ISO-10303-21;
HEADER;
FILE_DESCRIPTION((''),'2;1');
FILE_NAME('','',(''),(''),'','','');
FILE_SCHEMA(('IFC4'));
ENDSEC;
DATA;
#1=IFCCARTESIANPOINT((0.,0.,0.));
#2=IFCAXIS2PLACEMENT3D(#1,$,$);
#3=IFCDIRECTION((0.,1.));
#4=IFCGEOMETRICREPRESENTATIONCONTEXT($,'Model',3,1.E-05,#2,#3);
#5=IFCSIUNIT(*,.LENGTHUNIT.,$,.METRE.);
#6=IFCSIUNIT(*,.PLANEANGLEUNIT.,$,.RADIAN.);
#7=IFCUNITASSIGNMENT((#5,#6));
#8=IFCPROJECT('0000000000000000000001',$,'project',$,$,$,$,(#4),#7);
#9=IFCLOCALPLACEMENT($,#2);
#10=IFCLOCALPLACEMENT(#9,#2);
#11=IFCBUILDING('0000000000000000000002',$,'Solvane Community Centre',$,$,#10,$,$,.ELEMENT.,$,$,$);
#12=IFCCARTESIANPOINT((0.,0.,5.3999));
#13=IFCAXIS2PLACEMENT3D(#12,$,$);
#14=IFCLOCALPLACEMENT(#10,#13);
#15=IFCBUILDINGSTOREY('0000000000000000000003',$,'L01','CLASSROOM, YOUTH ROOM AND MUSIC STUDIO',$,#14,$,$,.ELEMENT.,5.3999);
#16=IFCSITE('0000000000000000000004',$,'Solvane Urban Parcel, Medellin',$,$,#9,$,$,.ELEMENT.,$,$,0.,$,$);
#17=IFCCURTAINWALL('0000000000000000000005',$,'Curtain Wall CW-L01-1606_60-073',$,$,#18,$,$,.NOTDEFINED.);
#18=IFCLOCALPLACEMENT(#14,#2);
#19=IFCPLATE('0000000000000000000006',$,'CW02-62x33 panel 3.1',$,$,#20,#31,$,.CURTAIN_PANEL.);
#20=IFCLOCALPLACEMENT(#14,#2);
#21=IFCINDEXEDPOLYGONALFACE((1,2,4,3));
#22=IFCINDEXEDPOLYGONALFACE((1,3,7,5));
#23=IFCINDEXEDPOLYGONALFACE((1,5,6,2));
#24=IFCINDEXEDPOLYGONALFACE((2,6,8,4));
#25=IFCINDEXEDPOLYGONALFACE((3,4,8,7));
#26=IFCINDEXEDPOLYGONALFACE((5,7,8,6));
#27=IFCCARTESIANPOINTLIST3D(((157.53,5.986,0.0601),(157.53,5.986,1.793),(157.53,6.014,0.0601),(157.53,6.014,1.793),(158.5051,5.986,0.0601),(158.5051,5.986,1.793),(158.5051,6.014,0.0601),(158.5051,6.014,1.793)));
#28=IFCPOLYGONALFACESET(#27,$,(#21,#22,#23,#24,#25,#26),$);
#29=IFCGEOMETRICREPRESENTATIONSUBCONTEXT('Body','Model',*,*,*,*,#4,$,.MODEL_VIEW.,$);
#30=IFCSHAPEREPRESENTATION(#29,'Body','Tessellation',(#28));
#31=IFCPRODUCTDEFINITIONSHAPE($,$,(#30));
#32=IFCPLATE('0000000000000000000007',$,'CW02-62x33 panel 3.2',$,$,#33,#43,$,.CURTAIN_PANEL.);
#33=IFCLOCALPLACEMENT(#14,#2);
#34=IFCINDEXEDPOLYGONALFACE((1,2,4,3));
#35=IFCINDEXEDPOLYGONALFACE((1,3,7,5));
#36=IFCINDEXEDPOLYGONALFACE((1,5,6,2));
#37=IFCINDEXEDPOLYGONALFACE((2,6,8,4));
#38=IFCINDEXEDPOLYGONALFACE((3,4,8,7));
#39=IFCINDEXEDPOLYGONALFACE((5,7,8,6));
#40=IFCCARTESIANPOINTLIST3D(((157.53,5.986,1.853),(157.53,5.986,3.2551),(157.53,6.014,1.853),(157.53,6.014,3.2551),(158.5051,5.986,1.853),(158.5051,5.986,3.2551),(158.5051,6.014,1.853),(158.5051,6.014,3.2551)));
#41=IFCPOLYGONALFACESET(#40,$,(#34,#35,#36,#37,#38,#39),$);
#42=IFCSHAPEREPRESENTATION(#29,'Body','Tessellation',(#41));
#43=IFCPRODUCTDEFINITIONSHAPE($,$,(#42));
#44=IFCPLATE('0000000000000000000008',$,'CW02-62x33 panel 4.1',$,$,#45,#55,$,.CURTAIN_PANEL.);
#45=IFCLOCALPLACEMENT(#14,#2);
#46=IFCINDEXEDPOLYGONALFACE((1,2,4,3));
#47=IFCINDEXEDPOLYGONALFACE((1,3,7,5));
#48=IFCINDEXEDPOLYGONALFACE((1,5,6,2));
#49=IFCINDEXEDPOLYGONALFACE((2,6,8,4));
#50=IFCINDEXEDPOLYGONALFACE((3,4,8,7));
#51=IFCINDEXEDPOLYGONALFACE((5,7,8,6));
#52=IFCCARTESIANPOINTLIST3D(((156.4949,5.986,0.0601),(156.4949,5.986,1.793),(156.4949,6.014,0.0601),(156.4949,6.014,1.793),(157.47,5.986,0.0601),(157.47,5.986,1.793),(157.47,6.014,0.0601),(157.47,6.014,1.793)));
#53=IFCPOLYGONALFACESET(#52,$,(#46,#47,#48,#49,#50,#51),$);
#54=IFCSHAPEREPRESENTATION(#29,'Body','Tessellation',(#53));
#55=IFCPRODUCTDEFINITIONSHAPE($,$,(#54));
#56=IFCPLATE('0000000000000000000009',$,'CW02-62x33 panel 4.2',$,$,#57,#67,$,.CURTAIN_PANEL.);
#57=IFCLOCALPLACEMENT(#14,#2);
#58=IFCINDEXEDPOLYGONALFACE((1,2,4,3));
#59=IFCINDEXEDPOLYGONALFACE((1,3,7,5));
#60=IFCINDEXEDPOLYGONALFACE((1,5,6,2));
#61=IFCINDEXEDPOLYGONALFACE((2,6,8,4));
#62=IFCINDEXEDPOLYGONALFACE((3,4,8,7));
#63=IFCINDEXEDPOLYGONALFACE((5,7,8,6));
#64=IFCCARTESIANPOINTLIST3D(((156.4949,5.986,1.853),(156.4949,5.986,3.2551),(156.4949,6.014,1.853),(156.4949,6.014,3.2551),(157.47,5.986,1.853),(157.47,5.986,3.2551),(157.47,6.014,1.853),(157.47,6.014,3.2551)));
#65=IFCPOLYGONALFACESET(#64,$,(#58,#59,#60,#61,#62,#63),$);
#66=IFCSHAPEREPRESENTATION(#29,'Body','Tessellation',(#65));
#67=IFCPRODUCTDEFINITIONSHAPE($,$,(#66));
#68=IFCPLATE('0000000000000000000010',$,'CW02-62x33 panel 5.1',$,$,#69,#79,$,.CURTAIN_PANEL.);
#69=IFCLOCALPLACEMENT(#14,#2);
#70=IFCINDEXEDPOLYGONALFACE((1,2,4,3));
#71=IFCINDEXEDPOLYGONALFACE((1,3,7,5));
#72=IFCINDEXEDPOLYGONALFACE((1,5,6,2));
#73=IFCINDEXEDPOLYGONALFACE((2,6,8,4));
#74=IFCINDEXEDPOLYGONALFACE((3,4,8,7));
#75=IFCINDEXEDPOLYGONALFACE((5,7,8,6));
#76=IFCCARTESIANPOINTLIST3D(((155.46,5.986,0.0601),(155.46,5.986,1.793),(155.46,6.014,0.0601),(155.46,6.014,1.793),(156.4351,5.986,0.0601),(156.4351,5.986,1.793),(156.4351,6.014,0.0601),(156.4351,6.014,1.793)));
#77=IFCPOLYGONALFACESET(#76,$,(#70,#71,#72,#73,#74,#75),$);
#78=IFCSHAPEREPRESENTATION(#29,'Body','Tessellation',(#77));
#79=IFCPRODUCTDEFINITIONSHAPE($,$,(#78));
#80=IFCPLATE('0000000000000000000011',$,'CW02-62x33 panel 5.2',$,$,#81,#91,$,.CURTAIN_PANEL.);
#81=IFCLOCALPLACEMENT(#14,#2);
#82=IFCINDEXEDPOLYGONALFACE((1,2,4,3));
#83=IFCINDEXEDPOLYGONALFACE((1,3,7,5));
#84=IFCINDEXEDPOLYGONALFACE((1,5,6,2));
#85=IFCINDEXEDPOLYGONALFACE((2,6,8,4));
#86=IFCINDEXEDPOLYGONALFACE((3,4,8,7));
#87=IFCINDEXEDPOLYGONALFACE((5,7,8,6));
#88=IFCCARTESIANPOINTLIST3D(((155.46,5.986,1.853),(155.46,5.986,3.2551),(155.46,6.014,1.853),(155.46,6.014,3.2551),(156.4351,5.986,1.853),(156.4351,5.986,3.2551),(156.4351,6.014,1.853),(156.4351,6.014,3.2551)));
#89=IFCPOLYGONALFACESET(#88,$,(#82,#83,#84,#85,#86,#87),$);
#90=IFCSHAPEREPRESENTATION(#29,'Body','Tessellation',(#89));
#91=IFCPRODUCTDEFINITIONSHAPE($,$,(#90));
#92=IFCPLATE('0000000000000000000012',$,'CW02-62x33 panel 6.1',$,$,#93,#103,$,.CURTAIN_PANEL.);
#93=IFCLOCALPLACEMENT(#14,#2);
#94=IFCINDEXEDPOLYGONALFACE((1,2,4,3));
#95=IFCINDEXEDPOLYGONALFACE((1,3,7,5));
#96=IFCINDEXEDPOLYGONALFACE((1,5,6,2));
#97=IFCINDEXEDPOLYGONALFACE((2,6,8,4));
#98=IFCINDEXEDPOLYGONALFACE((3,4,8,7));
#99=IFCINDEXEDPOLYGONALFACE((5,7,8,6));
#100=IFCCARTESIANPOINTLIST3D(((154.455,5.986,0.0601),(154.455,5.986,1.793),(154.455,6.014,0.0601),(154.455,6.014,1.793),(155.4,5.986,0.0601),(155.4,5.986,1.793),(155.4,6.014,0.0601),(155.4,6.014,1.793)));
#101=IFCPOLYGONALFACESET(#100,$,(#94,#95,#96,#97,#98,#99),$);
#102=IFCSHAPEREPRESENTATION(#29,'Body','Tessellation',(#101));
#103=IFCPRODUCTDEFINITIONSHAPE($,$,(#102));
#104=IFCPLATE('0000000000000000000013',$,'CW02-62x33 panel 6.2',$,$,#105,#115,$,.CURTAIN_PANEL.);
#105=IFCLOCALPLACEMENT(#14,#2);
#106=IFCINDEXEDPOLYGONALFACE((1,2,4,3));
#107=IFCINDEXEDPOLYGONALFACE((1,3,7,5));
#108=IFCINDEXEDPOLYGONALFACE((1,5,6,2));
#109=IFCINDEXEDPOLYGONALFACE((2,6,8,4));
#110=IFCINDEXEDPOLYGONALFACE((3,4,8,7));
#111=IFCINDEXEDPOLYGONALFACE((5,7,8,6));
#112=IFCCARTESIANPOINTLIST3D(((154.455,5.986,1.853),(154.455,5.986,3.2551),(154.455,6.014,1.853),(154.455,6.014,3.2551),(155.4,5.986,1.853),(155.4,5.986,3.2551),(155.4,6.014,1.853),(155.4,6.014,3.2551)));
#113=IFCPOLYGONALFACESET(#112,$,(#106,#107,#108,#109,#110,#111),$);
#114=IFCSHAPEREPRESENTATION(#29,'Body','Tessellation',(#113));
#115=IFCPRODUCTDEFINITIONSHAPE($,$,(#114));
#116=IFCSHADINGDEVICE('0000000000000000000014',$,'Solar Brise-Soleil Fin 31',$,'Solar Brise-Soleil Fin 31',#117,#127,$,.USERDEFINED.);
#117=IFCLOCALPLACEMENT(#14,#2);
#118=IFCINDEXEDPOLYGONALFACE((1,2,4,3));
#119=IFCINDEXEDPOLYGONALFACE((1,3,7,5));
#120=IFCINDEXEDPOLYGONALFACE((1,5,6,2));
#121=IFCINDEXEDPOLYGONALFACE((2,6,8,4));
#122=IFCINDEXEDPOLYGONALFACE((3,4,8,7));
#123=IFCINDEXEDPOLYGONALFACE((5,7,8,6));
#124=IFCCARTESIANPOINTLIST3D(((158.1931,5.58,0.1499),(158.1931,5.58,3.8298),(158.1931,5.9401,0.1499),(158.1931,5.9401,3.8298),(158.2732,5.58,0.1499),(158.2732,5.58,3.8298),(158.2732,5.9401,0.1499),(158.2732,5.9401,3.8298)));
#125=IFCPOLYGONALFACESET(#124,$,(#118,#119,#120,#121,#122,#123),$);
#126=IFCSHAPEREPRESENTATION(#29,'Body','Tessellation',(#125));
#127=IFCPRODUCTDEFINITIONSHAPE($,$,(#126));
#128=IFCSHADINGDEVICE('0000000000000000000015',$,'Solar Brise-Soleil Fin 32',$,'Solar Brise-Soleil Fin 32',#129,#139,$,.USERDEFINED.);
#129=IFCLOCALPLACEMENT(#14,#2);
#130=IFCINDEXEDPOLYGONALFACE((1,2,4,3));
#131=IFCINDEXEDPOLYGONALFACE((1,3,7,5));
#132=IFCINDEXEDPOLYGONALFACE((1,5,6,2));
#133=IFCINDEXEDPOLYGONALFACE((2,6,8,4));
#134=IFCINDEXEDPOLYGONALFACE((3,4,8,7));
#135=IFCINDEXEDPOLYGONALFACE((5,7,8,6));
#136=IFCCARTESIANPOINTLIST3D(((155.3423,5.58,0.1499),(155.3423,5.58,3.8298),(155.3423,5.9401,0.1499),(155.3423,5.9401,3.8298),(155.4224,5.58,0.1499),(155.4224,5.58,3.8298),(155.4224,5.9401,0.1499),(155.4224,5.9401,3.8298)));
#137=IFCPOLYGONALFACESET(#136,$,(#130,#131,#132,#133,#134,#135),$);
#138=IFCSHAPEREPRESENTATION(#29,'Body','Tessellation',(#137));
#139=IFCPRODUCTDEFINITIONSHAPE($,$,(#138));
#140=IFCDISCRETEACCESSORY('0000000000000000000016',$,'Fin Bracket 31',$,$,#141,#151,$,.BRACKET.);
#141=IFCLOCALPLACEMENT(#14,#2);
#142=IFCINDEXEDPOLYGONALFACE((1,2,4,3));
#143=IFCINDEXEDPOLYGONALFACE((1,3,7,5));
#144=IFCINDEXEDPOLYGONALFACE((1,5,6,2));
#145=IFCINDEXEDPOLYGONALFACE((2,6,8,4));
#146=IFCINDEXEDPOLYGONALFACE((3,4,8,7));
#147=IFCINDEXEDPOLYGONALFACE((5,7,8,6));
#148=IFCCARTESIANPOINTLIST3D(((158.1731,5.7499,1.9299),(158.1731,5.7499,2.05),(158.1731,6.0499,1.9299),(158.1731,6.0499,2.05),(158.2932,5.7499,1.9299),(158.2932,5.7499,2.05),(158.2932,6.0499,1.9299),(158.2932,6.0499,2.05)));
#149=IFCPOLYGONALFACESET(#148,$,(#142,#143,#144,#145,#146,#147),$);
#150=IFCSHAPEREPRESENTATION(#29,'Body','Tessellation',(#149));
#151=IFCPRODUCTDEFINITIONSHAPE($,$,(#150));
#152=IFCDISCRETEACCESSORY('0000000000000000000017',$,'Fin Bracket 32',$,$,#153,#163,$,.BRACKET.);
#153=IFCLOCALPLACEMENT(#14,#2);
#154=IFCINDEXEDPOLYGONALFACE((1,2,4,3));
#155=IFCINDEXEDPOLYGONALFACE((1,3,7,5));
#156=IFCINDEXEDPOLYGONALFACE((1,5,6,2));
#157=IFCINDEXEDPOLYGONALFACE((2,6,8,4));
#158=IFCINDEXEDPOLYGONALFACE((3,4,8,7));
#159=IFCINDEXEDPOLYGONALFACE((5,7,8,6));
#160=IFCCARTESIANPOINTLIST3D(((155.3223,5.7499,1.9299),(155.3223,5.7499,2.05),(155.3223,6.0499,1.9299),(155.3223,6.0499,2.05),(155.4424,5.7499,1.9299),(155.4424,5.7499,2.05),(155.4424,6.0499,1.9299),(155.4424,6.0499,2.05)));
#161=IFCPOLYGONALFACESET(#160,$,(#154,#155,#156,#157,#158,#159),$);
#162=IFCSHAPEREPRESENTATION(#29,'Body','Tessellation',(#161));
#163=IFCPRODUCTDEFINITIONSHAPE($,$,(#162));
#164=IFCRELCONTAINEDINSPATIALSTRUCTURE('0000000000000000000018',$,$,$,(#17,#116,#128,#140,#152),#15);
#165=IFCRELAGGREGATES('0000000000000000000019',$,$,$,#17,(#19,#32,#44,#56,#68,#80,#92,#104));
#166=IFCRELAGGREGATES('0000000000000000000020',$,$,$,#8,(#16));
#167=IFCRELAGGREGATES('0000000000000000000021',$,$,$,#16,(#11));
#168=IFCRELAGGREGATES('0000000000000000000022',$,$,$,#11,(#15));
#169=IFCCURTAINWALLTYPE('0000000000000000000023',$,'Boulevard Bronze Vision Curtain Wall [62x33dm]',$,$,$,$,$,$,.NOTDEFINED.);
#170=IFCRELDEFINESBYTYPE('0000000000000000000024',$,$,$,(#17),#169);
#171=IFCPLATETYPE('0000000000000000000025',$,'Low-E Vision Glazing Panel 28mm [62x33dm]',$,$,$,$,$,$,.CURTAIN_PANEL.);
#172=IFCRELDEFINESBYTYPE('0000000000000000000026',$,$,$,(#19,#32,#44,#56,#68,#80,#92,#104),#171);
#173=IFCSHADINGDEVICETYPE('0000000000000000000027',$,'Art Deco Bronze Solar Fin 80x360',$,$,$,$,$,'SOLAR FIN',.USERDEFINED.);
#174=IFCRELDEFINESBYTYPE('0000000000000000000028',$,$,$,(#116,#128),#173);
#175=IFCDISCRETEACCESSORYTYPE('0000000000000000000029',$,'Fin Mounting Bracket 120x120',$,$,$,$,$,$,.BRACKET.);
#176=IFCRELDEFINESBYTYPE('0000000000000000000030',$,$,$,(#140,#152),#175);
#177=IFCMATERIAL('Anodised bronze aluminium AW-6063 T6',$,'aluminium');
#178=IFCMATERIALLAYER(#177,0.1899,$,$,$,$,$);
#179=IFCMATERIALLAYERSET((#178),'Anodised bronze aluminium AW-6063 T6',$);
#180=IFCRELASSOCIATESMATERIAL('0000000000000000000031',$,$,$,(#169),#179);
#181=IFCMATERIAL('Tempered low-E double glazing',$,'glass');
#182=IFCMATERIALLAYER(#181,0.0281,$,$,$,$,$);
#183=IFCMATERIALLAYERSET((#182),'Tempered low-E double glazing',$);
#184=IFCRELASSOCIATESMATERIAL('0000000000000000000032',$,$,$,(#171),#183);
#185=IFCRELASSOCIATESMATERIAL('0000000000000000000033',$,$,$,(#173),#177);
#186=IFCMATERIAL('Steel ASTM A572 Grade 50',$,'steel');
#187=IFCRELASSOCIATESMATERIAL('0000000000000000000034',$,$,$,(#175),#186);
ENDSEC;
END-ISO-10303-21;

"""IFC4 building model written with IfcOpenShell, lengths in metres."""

from ifc_helpers import new_model, si_unit, direction, frame, origin, origin_2d, place, context, subcontext, project, spatial, rectangle, extrude, material, layer, layer_set, type_object, element, aggregate, save


model = new_model("IFC4")

# Units and contexts
model_context = context("Model", 3, precision=1e-05, world=origin(), true_north=direction((0.0, 1.0)))
body_context = subcontext(model_context, "Body", "Model", "MODEL_VIEW")
ifc_project = project(units=[si_unit("LENGTHUNIT", "METRE"), si_unit("PLANEANGLEUNIT", "RADIAN")], contexts=[model_context])

# Site, building, storey
site_placement = place(None, origin())
site = spatial("IfcSite", under=ifc_project, at=site_placement, Name="Solvane Urban Parcel, Medellin", CompositionType="ELEMENT", RefElevation=0.0)
building_placement = place(site_placement, origin())
building = spatial("IfcBuilding", under=site, at=building_placement, Name="Solvane Community Centre", CompositionType="ELEMENT")
storey_placement = place(building_placement, frame((0.0, 0.0, 5.3999)))
storey = spatial("IfcBuildingStorey", under=building, at=storey_placement, Name="L01", Description="CLASSROOM, YOUTH ROOM AND MUSIC STUDIO", CompositionType="ELEMENT", Elevation=5.3999)

# Curtain wall, plates
ifc_material_1 = material(Name="Anodised bronze aluminium AW-6063 T6", Category="aluminium")
ifc_layer_1 = layer(ifc_material_1, 0.1899)
ifc_layer_set_1 = layer_set([ifc_layer_1], Name="Anodised bronze aluminium AW-6063 T6")
curtain_wall_type = type_object("IfcCurtainWallType", Name="Boulevard Bronze Vision Curtain Wall [62x33dm]", PredefinedType="NOTDEFINED", material=ifc_layer_set_1)
curtain_wall_placement = place(storey_placement, origin())
curtain_wall = element("IfcCurtainWall", 1, at=curtain_wall_placement, inside=storey, type_object=curtain_wall_type, Name="Curtain Wall CW-L01-1606_60-073", PredefinedType="NOTDEFINED")
ifc_material_2 = material(Name="Tempered low-E double glazing", Category="glass")
ifc_layer_2 = layer(ifc_material_2, 0.0281)
ifc_layer_set_2 = layer_set([ifc_layer_2], Name="Tempered low-E double glazing")
plate_type = type_object("IfcPlateType", Name="Low-E Vision Glazing Panel 28mm [62x33dm]", PredefinedType="CURTAIN_PANEL", material=ifc_layer_set_2)
plate_1_placement = place(storey_placement, frame((158.0176, 6.0, 0.0601), z_axis=(0.0, 0.0, 1.0), x_axis=(-1.0, 0.0, 0.0)))
plate_1 = element("IfcPlate", 2, at=plate_1_placement, type_object=plate_type, Name="CW02-62x33 panel 3.1", PredefinedType="CURTAIN_PANEL", context=body_context, shape_type="SweptSolid", body=[
    extrude(rectangle(XDim=0.9751, YDim=0.0281, at=origin_2d()), origin(), (0.0, 0.0, 1.0), 1.7329),
])
plate_2_placement = place(storey_placement, frame((158.0176, 6.0, 1.853), z_axis=(0.0, 0.0, 1.0), x_axis=(-1.0, 0.0, 0.0)))
plate_2 = element("IfcPlate", 3, at=plate_2_placement, type_object=plate_type, Name="CW02-62x33 panel 3.2", PredefinedType="CURTAIN_PANEL", context=body_context, shape_type="SweptSolid", body=[
    extrude(rectangle(XDim=0.9751, YDim=0.0281, at=origin_2d()), origin(), (0.0, 0.0, 1.0), 1.4021),
])
plate_3_placement = place(storey_placement, frame((156.9824, 6.0, 0.0601), z_axis=(0.0, 0.0, 1.0), x_axis=(-1.0, 0.0, 0.0)))
plate_3 = element("IfcPlate", 4, at=plate_3_placement, type_object=plate_type, Name="CW02-62x33 panel 4.1", PredefinedType="CURTAIN_PANEL", context=body_context, shape_type="SweptSolid", body=[
    extrude(rectangle(XDim=0.9751, YDim=0.0281, at=origin_2d()), origin(), (0.0, 0.0, 1.0), 1.7329),
])
plate_4_placement = place(storey_placement, frame((156.9824, 6.0, 1.853), z_axis=(0.0, 0.0, 1.0), x_axis=(-1.0, 0.0, 0.0)))
plate_4 = element("IfcPlate", 5, at=plate_4_placement, type_object=plate_type, Name="CW02-62x33 panel 4.2", PredefinedType="CURTAIN_PANEL", context=body_context, shape_type="SweptSolid", body=[
    extrude(rectangle(XDim=0.9751, YDim=0.0281, at=origin_2d()), origin(), (0.0, 0.0, 1.0), 1.4021),
])
plate_5_placement = place(storey_placement, frame((155.9475, 6.0, 0.0601), z_axis=(0.0, 0.0, 1.0), x_axis=(-1.0, 0.0, 0.0)))
plate_5 = element("IfcPlate", 6, at=plate_5_placement, type_object=plate_type, Name="CW02-62x33 panel 5.1", PredefinedType="CURTAIN_PANEL", context=body_context, shape_type="SweptSolid", body=[
    extrude(rectangle(XDim=0.9751, YDim=0.0281, at=origin_2d()), origin(), (0.0, 0.0, 1.0), 1.7329),
])
plate_6_placement = place(storey_placement, frame((155.9475, 6.0, 1.853), z_axis=(0.0, 0.0, 1.0), x_axis=(-1.0, 0.0, 0.0)))
plate_6 = element("IfcPlate", 7, at=plate_6_placement, type_object=plate_type, Name="CW02-62x33 panel 5.2", PredefinedType="CURTAIN_PANEL", context=body_context, shape_type="SweptSolid", body=[
    extrude(rectangle(XDim=0.9751, YDim=0.0281, at=origin_2d()), origin(), (0.0, 0.0, 1.0), 1.4021),
])
plate_7_placement = place(storey_placement, frame((154.9275, 6.0, 0.0601), z_axis=(0.0, 0.0, 1.0), x_axis=(-1.0, 0.0, 0.0)))
plate_7 = element("IfcPlate", 8, at=plate_7_placement, type_object=plate_type, Name="CW02-62x33 panel 6.1", PredefinedType="CURTAIN_PANEL", context=body_context, shape_type="SweptSolid", body=[
    extrude(rectangle(XDim=0.9451, YDim=0.0281, at=origin_2d()), origin(), (0.0, 0.0, 1.0), 1.7329),
])
plate_8_placement = place(storey_placement, frame((154.9275, 6.0, 1.853), z_axis=(0.0, 0.0, 1.0), x_axis=(-1.0, 0.0, 0.0)))
plate_8 = element("IfcPlate", 9, at=plate_8_placement, type_object=plate_type, Name="CW02-62x33 panel 6.2", PredefinedType="CURTAIN_PANEL", context=body_context, shape_type="SweptSolid", body=[
    extrude(rectangle(XDim=0.9451, YDim=0.0281, at=origin_2d()), origin(), (0.0, 0.0, 1.0), 1.4021),
])
aggregate(curtain_wall, [plate_1, plate_2, plate_3, plate_4, plate_5, plate_6, plate_7, plate_8])

# Shading devices
shading_device_type = type_object("IfcShadingDeviceType", Name="Art Deco Bronze Solar Fin 80x360", ElementType="SOLAR FIN", PredefinedType="USERDEFINED", material=ifc_material_1)
shading_device_1_placement = place(storey_placement, frame((158.2332, 5.76, 0.1499), z_axis=(0.0, 0.0, 1.0), x_axis=(-1.0, 0.0, 0.0)))
element("IfcShadingDevice", 10, at=shading_device_1_placement, inside=storey, type_object=shading_device_type, Name="Solar Brise-Soleil Fin 31", ObjectType="Solar Brise-Soleil Fin 31", PredefinedType="USERDEFINED", context=body_context, shape_type="SweptSolid", body=[
    extrude(rectangle(XDim=0.0801, YDim=0.3601, at=origin_2d()), origin(), (0.0, 0.0, 1.0), 3.6799),
])
shading_device_2_placement = place(storey_placement, frame((155.3823, 5.76, 0.1499), z_axis=(0.0, 0.0, 1.0), x_axis=(-1.0, 0.0, 0.0)))
element("IfcShadingDevice", 11, at=shading_device_2_placement, inside=storey, type_object=shading_device_type, Name="Solar Brise-Soleil Fin 32", ObjectType="Solar Brise-Soleil Fin 32", PredefinedType="USERDEFINED", context=body_context, shape_type="SweptSolid", body=[
    extrude(rectangle(XDim=0.0801, YDim=0.3601, at=origin_2d()), origin(), (0.0, 0.0, 1.0), 3.6799),
])

# Discrete accessories
ifc_material_3 = material(Name="Steel ASTM A572 Grade 50", Category="steel")
discrete_accessory_type = type_object("IfcDiscreteAccessoryType", Name="Fin Mounting Bracket 120x120", PredefinedType="BRACKET", material=ifc_material_3)
for number, where, z_axis, x_axis, name in (
    (12, (158.2332, 5.8999, 1.9299), (0.0, 0.0, 1.0), (-1.0, 0.0, 0.0), "Fin Bracket 31"),
    (13, (155.3823, 5.8999, 1.9299), (0.0, 0.0, 1.0), (-1.0, 0.0, 0.0), "Fin Bracket 32"),
):
    element("IfcDiscreteAccessory", number, at=place(storey_placement, frame(where, z_axis=z_axis, x_axis=x_axis)), inside=storey, type_object=discrete_accessory_type, Name=name, PredefinedType="BRACKET", context=body_context, shape_type="SweptSolid", body=[
        extrude(rectangle(XDim=0.1201, YDim=0.3, at=origin_2d()), origin(), (0.0, 0.0, 1.0), 0.1201),
    ])

save(model, "model.ifc")
